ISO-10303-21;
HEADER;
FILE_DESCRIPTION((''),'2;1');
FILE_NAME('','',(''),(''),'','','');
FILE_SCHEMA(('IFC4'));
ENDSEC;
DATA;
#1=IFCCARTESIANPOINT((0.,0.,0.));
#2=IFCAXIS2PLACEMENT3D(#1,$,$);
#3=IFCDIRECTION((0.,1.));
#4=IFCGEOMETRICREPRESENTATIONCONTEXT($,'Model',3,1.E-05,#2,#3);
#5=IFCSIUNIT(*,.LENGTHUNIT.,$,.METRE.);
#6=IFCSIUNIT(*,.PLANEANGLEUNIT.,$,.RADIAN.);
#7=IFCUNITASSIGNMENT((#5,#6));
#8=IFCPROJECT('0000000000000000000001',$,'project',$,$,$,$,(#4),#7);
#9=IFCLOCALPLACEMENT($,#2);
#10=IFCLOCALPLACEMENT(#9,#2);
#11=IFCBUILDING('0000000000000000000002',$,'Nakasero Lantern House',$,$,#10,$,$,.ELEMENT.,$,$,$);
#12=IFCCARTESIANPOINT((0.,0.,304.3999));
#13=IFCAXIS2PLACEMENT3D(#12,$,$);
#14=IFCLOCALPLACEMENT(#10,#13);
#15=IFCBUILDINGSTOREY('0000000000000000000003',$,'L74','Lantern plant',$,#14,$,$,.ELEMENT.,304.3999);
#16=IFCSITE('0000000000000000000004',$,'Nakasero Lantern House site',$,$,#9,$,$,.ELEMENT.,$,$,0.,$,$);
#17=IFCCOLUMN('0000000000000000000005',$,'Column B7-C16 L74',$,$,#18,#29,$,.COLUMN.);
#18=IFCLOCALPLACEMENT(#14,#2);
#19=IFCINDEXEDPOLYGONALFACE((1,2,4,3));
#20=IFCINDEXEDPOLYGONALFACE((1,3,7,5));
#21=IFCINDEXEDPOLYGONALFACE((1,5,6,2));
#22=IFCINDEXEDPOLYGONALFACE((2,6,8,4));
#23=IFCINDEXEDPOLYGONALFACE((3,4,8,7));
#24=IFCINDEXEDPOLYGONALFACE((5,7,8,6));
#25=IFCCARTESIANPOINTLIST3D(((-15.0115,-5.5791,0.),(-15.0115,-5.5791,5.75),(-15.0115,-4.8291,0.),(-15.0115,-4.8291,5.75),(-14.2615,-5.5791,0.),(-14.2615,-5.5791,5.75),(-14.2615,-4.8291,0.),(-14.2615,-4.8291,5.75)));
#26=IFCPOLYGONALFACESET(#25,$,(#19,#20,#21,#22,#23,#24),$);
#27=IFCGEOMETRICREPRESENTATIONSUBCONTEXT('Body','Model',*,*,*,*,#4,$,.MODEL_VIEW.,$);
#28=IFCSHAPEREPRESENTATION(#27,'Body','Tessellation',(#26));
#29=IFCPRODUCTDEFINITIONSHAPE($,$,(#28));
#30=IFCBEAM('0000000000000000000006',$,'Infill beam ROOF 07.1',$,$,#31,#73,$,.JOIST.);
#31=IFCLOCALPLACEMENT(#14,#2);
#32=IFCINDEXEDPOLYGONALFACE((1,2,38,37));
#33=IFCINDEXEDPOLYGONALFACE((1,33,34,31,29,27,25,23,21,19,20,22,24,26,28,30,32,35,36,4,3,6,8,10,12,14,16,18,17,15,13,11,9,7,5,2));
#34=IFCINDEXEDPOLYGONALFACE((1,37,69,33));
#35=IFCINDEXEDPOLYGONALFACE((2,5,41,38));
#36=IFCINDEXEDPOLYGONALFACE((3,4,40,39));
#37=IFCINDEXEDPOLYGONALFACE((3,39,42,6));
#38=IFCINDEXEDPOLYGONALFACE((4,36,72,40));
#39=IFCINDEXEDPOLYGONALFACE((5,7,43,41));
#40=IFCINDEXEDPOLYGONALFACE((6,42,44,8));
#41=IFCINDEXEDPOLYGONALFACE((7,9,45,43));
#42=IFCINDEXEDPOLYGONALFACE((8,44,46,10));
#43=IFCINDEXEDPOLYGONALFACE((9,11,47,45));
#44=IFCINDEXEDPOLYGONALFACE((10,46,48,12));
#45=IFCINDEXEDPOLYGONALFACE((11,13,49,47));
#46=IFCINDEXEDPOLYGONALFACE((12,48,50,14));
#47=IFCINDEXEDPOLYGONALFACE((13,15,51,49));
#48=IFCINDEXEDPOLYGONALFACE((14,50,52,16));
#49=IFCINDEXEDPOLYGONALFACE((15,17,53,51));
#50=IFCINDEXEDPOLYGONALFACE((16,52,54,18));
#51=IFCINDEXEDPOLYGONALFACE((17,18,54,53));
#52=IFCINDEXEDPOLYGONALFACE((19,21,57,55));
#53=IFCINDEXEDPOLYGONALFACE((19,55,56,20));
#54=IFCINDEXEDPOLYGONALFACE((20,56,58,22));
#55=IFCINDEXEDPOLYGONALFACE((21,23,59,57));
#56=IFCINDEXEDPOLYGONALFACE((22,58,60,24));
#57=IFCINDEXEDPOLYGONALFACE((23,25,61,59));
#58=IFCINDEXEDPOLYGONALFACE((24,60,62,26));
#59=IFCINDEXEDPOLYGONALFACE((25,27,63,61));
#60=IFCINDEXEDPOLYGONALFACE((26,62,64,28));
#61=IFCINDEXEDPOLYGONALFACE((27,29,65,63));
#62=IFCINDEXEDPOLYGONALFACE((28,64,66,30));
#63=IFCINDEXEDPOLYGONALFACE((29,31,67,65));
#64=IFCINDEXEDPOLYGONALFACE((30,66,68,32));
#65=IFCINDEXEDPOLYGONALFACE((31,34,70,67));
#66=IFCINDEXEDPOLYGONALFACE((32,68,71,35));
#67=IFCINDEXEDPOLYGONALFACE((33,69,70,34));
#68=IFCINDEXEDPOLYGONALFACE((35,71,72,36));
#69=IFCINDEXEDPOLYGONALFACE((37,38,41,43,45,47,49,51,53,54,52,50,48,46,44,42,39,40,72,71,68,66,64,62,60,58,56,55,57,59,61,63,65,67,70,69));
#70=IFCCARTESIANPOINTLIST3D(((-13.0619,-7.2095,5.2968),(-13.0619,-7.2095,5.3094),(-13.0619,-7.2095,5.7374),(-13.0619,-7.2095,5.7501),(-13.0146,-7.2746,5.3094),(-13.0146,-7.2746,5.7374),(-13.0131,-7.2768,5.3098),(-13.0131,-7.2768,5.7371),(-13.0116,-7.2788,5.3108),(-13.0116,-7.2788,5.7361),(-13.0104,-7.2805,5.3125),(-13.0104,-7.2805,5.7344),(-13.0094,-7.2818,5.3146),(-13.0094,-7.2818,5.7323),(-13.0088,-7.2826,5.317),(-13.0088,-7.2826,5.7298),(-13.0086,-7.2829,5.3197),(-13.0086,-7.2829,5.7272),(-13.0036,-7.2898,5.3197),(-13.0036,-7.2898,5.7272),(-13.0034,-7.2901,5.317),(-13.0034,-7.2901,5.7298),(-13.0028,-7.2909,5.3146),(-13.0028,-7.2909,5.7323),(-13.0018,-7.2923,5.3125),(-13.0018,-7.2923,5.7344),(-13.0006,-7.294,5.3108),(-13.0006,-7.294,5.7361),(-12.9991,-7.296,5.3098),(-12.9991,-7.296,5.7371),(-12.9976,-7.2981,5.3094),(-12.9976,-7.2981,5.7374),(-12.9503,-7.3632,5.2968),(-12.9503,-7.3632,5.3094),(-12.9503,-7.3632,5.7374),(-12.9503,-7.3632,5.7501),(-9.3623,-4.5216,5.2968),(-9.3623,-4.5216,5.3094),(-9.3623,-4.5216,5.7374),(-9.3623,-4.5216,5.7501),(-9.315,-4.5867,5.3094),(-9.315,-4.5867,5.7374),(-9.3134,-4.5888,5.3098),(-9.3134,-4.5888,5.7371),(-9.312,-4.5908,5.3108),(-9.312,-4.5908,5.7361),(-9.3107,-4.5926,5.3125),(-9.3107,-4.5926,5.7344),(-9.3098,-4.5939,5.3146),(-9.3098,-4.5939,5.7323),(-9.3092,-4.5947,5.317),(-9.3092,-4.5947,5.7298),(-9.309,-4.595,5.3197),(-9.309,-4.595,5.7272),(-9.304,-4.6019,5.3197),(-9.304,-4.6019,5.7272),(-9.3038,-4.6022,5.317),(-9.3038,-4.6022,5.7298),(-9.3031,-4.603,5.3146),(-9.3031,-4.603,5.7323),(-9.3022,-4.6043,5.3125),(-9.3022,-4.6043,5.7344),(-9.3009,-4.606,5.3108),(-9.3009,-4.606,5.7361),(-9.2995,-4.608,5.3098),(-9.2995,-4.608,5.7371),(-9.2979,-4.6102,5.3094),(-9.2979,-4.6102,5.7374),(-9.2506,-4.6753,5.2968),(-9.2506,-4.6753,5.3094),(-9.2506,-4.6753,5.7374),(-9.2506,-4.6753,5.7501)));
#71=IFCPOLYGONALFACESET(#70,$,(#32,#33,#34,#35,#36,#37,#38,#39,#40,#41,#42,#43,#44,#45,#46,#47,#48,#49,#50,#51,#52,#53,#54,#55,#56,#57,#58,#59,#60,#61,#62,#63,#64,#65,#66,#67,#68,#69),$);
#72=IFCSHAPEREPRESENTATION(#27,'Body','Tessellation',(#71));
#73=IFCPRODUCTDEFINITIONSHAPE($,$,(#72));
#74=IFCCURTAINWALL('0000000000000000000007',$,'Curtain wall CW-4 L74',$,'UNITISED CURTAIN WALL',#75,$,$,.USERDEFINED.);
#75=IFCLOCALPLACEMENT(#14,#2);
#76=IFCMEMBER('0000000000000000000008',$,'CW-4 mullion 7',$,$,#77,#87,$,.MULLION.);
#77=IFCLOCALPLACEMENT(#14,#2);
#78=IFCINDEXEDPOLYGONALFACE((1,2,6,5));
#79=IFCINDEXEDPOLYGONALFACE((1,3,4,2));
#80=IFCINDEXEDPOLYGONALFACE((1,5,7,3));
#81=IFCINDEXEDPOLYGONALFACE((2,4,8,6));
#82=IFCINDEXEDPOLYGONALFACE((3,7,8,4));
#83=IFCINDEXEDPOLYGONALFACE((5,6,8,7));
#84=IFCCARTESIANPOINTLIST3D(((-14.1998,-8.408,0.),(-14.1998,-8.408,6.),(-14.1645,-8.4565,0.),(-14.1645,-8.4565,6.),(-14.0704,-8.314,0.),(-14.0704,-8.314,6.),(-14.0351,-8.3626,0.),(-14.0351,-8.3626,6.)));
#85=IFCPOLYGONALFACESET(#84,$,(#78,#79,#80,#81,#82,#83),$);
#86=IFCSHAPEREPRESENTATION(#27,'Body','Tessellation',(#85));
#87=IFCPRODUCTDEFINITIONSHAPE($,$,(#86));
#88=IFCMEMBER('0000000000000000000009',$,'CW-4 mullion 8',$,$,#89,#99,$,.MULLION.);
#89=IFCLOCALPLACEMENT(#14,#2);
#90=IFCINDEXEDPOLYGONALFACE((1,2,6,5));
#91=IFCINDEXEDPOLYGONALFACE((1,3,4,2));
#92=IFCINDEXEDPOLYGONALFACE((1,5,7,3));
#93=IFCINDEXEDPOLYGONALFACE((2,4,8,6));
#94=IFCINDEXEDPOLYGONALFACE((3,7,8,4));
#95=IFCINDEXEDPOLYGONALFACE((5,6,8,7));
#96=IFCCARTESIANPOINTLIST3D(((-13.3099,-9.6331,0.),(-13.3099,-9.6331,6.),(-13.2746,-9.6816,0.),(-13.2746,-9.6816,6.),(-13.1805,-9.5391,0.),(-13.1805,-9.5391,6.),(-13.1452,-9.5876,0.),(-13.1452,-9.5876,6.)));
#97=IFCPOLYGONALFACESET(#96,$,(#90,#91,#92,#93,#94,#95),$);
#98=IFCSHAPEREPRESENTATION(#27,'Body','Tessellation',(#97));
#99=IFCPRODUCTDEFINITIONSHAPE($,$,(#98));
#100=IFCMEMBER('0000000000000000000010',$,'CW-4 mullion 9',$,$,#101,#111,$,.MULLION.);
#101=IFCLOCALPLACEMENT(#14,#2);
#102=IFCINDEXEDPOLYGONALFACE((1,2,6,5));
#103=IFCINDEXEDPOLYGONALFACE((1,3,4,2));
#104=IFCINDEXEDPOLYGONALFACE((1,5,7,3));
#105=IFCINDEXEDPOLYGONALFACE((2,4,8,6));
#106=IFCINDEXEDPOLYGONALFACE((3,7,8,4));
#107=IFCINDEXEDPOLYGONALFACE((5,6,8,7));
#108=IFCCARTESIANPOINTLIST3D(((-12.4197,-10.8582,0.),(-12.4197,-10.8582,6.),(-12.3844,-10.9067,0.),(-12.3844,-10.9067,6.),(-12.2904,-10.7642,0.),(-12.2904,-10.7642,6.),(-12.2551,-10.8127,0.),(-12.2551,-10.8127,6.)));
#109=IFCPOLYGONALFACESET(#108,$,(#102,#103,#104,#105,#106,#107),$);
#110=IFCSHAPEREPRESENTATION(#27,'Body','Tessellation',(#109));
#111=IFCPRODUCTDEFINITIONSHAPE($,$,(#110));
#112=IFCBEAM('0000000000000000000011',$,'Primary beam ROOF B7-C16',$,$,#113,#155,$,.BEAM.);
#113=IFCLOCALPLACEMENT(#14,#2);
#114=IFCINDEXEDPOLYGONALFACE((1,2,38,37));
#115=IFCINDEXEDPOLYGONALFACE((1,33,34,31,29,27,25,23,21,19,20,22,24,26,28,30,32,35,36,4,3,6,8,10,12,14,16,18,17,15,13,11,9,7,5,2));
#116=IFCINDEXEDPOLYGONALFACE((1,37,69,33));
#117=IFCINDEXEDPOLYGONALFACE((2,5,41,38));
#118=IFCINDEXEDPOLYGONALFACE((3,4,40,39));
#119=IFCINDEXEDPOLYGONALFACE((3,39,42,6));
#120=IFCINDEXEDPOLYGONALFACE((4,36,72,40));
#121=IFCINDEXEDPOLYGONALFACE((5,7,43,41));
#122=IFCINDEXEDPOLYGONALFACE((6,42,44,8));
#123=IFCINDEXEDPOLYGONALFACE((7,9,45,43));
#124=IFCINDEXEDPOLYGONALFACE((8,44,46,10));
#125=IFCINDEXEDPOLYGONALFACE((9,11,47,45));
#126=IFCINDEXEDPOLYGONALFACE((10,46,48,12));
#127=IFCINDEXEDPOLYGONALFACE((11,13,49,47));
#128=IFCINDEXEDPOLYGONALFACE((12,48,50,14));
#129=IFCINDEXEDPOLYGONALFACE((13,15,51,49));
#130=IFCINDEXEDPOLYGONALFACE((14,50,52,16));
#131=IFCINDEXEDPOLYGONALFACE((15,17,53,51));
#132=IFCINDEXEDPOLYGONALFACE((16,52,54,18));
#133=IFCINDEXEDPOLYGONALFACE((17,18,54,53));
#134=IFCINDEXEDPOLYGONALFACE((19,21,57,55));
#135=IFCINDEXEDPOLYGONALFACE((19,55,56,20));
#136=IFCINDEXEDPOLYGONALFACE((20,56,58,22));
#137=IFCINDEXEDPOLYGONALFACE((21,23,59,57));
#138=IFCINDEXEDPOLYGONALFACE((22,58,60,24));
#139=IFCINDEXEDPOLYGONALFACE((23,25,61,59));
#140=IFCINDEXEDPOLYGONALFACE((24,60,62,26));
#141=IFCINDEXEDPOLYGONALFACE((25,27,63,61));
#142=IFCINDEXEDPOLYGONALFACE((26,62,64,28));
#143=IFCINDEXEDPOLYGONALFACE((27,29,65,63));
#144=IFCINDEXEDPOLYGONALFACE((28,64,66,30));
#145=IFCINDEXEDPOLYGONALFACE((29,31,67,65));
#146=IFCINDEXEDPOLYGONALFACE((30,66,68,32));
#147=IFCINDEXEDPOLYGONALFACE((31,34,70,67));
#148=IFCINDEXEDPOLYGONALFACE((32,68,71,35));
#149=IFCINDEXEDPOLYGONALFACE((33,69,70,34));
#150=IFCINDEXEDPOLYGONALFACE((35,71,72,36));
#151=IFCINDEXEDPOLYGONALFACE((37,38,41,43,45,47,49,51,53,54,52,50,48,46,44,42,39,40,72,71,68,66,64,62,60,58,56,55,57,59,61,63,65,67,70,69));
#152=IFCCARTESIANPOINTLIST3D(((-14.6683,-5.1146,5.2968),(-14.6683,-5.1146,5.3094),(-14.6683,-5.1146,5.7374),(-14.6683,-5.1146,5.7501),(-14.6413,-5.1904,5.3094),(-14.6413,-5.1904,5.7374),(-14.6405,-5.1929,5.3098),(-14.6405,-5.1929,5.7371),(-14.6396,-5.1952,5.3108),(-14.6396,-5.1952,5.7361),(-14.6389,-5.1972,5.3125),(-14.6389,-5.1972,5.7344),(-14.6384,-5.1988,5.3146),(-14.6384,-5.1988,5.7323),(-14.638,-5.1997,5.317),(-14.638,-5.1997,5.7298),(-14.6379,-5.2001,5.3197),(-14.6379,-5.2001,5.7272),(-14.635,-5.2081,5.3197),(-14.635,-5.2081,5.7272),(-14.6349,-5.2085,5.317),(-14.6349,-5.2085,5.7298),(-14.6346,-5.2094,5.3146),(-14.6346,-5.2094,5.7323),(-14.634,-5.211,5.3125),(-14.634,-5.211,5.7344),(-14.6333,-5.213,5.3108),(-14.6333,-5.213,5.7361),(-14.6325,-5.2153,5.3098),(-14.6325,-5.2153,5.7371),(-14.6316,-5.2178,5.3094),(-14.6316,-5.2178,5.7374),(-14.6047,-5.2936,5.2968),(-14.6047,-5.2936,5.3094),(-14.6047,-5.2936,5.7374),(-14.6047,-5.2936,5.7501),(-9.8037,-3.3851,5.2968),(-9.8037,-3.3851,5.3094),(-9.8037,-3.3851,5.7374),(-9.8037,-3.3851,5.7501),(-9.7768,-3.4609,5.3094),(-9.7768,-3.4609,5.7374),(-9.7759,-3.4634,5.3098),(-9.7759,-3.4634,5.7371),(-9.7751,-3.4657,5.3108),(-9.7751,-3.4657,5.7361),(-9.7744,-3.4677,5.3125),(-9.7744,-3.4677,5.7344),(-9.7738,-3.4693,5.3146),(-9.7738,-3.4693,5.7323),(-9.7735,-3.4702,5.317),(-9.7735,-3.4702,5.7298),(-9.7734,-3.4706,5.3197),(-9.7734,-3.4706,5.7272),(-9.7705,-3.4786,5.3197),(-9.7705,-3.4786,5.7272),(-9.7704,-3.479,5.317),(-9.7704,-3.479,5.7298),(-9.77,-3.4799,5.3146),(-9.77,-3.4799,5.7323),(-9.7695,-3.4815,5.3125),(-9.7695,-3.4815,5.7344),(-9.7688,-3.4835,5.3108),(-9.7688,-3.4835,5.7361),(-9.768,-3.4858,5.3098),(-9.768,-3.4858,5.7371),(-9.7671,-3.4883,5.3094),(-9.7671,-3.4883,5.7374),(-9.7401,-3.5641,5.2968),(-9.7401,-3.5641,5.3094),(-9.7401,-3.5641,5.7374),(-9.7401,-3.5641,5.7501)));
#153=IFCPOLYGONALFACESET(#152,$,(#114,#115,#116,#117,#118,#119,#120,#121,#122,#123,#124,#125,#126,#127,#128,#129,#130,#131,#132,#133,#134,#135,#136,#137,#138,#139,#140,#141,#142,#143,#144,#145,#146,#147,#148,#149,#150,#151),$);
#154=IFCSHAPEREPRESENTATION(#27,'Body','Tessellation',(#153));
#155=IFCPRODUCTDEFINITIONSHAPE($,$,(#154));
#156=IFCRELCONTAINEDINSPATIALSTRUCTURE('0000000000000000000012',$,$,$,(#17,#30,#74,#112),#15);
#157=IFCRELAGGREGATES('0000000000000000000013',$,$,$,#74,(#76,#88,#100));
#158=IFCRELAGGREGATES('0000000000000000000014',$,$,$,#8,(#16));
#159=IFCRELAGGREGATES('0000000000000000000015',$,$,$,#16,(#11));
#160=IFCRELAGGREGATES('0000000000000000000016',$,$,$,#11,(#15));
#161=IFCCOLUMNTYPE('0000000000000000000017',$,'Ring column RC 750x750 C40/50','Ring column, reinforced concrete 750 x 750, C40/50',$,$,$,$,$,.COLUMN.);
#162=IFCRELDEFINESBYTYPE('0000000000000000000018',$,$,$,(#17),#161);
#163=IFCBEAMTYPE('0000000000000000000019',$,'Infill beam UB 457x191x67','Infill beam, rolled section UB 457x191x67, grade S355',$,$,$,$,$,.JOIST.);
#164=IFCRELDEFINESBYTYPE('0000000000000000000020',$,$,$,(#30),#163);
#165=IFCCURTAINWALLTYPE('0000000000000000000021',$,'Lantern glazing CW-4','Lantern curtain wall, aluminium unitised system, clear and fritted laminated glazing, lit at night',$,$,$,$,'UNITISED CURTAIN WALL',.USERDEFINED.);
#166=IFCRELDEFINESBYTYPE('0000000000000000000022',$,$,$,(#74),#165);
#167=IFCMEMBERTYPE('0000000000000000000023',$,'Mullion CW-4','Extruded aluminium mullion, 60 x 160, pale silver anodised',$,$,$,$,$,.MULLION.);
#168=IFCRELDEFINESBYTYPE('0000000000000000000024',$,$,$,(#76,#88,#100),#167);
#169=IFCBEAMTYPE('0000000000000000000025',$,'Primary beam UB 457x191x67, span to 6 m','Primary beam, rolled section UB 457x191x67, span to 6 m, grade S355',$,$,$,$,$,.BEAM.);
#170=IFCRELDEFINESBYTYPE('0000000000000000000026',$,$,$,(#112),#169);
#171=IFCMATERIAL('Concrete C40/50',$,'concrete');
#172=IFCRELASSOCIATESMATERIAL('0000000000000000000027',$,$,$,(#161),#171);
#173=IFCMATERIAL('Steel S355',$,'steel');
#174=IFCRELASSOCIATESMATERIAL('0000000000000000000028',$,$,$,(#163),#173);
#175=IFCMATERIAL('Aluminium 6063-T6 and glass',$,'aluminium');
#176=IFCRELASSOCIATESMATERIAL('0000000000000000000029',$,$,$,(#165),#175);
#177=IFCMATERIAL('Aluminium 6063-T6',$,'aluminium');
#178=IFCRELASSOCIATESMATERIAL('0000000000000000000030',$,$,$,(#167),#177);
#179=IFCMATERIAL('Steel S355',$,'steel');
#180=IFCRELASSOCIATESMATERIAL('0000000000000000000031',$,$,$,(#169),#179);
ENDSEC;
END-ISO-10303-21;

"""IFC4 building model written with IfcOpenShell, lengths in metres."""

from ifc_helpers import new_model, si_unit, direction, frame, origin, origin_2d, place, context, subcontext, project, spatial, rectangle, i_section, extrude, material, material_profile, profile_set, type_object, element, aggregate, save


model = new_model("IFC4")

# Units and contexts
model_context = context("Model", 3, precision=1e-05, world=origin(), true_north=direction((0.0, 1.0)))
body_context = subcontext(model_context, "Body", "Model", "MODEL_VIEW")
ifc_project = project(units=[si_unit("LENGTHUNIT", "METRE"), si_unit("PLANEANGLEUNIT", "RADIAN")], contexts=[model_context])

# Site, building, storey
site_placement = place(None, origin())
site = spatial("IfcSite", under=ifc_project, at=site_placement, Name="Nakasero Lantern House site", CompositionType="ELEMENT", RefElevation=0.0)
building_placement = place(site_placement, origin())
building = spatial("IfcBuilding", under=site, at=building_placement, Name="Nakasero Lantern House", CompositionType="ELEMENT")
storey_placement = place(building_placement, frame((0.0, 0.0, 304.3999)))
storey = spatial("IfcBuildingStorey", under=building, at=storey_placement, Name="L74", Description="Lantern plant", CompositionType="ELEMENT", Elevation=304.3999)

# Column
ifc_material_1 = material(Name="Concrete C40/50", Category="concrete")
ifc_material_profile_1 = material_profile(ifc_material_1, rectangle(XDim=0.75, YDim=0.75, at=origin_2d()), Name="RC 750x750")
ifc_profile_set_1 = profile_set([ifc_material_profile_1], Name="Concrete C40/50")
column_type = type_object("IfcColumnType", Name="Ring column RC 750x750 C40/50", Description="Ring column, reinforced concrete 750 x 750, C40/50", PredefinedType="COLUMN", material=ifc_profile_set_1)
column_placement = place(storey_placement, frame((-14.6365, -5.2041, 0.0), z_axis=(0.0, 0.0, 1.0), x_axis=(1.0, 0.0, 0.0)))
element("IfcColumn", 1, at=column_placement, inside=storey, type_object=column_type, Name="Column B7-C16 L74", PredefinedType="COLUMN", context=body_context, shape_type="SweptSolid", body=[
    extrude(rectangle(XDim=0.75, YDim=0.75, at=origin_2d()), origin(), (0.0, 0.0, 1.0), 5.75),
])

# Beam
ifc_material_2 = material(Name="Steel S355", Category="steel")
ifc_material_profile_2 = material_profile(ifc_material_2, i_section(OverallWidth=0.1899, OverallDepth=0.4534, WebThickness=0.0085, FlangeThickness=0.0127, FilletRadius=0.0103, at=origin_2d()), Name="UB 457x191x67")
ifc_profile_set_2 = profile_set([ifc_material_profile_2], Name="Steel S355")
beam_type_1 = type_object("IfcBeamType", Name="Infill beam UB 457x191x67", Description="Infill beam, rolled section UB 457x191x67, grade S355", PredefinedType="JOIST", material=ifc_profile_set_2)
beam_1_placement = place(storey_placement, frame((-13.0061, -7.2864, 5.5234), z_axis=(0.809018, 0.587784, 0.0), x_axis=(-0.587784, 0.809018, 0.0)))
element("IfcBeam", 2, at=beam_1_placement, inside=storey, type_object=beam_type_1, Name="Infill beam ROOF 07.1", PredefinedType="JOIST", context=body_context, shape_type="SweptSolid", body=[
    extrude(i_section(OverallWidth=0.1899, OverallDepth=0.4534, WebThickness=0.0085, FlangeThickness=0.0127, FilletRadius=0.0103, at=origin_2d()), origin(), (0.0, 0.0, 1.0), 4.573),
])

# Curtain wall, members
ifc_material_3 = material(Name="Aluminium 6063-T6 and glass", Category="aluminium")
curtain_wall_type = type_object("IfcCurtainWallType", Name="Lantern glazing CW-4", Description="Lantern curtain wall, aluminium unitised system, clear and fritted laminated glazing, lit at night", ElementType="UNITISED CURTAIN WALL", PredefinedType="USERDEFINED", material=ifc_material_3)
curtain_wall_placement = place(storey_placement, origin())
curtain_wall = element("IfcCurtainWall", 3, at=curtain_wall_placement, inside=storey, type_object=curtain_wall_type, Name="Curtain wall CW-4 L74", ObjectType="UNITISED CURTAIN WALL", PredefinedType="USERDEFINED")
ifc_material_4 = material(Name="Aluminium 6063-T6", Category="aluminium")
ifc_material_profile_3 = material_profile(ifc_material_4, rectangle(XDim=0.0601, YDim=0.1599, at=origin_2d()), Name="CW-4 mullion 60x160")
ifc_profile_set_3 = profile_set([ifc_material_profile_3], Name="Aluminium 6063-T6")
member_type_1 = type_object("IfcMemberType", Name="Mullion CW-4", Description="Extruded aluminium mullion, 60 x 160, pale silver anodised", PredefinedType="MULLION", material=ifc_profile_set_3)
member_1_placement = place(storey_placement, frame((-14.1174, -8.3853, 0.0), z_axis=(0.0, 0.0, 1.0), x_axis=(0.587785, -0.809017, 0.0)))
member_1 = element("IfcMember", 4, at=member_1_placement, type_object=member_type_1, Name="CW-4 mullion 7", PredefinedType="MULLION", context=body_context, shape_type="SweptSolid", body=[
    extrude(rectangle(XDim=0.0601, YDim=0.1599, at=origin_2d()), origin(), (0.0, 0.0, 1.0), 6.0),
])
member_2_placement = place(storey_placement, frame((-13.2275, -9.6104, 0.0), z_axis=(0.0, 0.0, 1.0), x_axis=(0.587785, -0.809017, 0.0)))
member_2 = element("IfcMember", 5, at=member_2_placement, type_object=member_type_1, Name="CW-4 mullion 8", PredefinedType="MULLION", context=body_context, shape_type="SweptSolid", body=[
    extrude(rectangle(XDim=0.0601, YDim=0.1599, at=origin_2d()), origin(), (0.0, 0.0, 1.0), 6.0),
])
member_3_placement = place(storey_placement, frame((-12.3374, -10.8354, 0.0), z_axis=(0.0, 0.0, 1.0), x_axis=(0.587785, -0.809017, 0.0)))
member_3 = element("IfcMember", 6, at=member_3_placement, type_object=member_type_1, Name="CW-4 mullion 9", PredefinedType="MULLION", context=body_context, shape_type="SweptSolid", body=[
    extrude(rectangle(XDim=0.0601, YDim=0.1599, at=origin_2d()), origin(), (0.0, 0.0, 1.0), 6.0),
])

# Beam
ifc_material_5 = material(Name="Steel S355", Category="steel")
ifc_material_profile_4 = material_profile(ifc_material_5, i_section(OverallWidth=0.1899, OverallDepth=0.4534, WebThickness=0.0085, FlangeThickness=0.0127, FilletRadius=0.0103, at=origin_2d()), Name="UB 457x191x67")
ifc_profile_set_4 = profile_set([ifc_material_profile_4], Name="Steel S355")
beam_type_2 = type_object("IfcBeamType", Name="Primary beam UB 457x191x67, span to 6 m", Description="Primary beam, rolled section UB 457x191x67, span to 6 m, grade S355", PredefinedType="BEAM", material=ifc_profile_set_4)
beam_2_placement = place(storey_placement, frame((-14.6365, -5.2041, 5.5234), z_axis=(0.942221, 0.334991, 0.0), x_axis=(-0.334991, 0.942221, 0.0)))
element("IfcBeam", 7, at=beam_2_placement, inside=storey, type_object=beam_type_2, Name="Primary beam ROOF B7-C16", PredefinedType="BEAM", context=body_context, shape_type="SweptSolid", body=[
    extrude(i_section(OverallWidth=0.1899, OverallDepth=0.4534, WebThickness=0.0085, FlangeThickness=0.0127, FilletRadius=0.0103, at=origin_2d()), origin(), (0.0, 0.0, 1.0), 5.1628),
])

aggregate(curtain_wall, [member_1, member_2, member_3])

save(model, "model.ifc")
